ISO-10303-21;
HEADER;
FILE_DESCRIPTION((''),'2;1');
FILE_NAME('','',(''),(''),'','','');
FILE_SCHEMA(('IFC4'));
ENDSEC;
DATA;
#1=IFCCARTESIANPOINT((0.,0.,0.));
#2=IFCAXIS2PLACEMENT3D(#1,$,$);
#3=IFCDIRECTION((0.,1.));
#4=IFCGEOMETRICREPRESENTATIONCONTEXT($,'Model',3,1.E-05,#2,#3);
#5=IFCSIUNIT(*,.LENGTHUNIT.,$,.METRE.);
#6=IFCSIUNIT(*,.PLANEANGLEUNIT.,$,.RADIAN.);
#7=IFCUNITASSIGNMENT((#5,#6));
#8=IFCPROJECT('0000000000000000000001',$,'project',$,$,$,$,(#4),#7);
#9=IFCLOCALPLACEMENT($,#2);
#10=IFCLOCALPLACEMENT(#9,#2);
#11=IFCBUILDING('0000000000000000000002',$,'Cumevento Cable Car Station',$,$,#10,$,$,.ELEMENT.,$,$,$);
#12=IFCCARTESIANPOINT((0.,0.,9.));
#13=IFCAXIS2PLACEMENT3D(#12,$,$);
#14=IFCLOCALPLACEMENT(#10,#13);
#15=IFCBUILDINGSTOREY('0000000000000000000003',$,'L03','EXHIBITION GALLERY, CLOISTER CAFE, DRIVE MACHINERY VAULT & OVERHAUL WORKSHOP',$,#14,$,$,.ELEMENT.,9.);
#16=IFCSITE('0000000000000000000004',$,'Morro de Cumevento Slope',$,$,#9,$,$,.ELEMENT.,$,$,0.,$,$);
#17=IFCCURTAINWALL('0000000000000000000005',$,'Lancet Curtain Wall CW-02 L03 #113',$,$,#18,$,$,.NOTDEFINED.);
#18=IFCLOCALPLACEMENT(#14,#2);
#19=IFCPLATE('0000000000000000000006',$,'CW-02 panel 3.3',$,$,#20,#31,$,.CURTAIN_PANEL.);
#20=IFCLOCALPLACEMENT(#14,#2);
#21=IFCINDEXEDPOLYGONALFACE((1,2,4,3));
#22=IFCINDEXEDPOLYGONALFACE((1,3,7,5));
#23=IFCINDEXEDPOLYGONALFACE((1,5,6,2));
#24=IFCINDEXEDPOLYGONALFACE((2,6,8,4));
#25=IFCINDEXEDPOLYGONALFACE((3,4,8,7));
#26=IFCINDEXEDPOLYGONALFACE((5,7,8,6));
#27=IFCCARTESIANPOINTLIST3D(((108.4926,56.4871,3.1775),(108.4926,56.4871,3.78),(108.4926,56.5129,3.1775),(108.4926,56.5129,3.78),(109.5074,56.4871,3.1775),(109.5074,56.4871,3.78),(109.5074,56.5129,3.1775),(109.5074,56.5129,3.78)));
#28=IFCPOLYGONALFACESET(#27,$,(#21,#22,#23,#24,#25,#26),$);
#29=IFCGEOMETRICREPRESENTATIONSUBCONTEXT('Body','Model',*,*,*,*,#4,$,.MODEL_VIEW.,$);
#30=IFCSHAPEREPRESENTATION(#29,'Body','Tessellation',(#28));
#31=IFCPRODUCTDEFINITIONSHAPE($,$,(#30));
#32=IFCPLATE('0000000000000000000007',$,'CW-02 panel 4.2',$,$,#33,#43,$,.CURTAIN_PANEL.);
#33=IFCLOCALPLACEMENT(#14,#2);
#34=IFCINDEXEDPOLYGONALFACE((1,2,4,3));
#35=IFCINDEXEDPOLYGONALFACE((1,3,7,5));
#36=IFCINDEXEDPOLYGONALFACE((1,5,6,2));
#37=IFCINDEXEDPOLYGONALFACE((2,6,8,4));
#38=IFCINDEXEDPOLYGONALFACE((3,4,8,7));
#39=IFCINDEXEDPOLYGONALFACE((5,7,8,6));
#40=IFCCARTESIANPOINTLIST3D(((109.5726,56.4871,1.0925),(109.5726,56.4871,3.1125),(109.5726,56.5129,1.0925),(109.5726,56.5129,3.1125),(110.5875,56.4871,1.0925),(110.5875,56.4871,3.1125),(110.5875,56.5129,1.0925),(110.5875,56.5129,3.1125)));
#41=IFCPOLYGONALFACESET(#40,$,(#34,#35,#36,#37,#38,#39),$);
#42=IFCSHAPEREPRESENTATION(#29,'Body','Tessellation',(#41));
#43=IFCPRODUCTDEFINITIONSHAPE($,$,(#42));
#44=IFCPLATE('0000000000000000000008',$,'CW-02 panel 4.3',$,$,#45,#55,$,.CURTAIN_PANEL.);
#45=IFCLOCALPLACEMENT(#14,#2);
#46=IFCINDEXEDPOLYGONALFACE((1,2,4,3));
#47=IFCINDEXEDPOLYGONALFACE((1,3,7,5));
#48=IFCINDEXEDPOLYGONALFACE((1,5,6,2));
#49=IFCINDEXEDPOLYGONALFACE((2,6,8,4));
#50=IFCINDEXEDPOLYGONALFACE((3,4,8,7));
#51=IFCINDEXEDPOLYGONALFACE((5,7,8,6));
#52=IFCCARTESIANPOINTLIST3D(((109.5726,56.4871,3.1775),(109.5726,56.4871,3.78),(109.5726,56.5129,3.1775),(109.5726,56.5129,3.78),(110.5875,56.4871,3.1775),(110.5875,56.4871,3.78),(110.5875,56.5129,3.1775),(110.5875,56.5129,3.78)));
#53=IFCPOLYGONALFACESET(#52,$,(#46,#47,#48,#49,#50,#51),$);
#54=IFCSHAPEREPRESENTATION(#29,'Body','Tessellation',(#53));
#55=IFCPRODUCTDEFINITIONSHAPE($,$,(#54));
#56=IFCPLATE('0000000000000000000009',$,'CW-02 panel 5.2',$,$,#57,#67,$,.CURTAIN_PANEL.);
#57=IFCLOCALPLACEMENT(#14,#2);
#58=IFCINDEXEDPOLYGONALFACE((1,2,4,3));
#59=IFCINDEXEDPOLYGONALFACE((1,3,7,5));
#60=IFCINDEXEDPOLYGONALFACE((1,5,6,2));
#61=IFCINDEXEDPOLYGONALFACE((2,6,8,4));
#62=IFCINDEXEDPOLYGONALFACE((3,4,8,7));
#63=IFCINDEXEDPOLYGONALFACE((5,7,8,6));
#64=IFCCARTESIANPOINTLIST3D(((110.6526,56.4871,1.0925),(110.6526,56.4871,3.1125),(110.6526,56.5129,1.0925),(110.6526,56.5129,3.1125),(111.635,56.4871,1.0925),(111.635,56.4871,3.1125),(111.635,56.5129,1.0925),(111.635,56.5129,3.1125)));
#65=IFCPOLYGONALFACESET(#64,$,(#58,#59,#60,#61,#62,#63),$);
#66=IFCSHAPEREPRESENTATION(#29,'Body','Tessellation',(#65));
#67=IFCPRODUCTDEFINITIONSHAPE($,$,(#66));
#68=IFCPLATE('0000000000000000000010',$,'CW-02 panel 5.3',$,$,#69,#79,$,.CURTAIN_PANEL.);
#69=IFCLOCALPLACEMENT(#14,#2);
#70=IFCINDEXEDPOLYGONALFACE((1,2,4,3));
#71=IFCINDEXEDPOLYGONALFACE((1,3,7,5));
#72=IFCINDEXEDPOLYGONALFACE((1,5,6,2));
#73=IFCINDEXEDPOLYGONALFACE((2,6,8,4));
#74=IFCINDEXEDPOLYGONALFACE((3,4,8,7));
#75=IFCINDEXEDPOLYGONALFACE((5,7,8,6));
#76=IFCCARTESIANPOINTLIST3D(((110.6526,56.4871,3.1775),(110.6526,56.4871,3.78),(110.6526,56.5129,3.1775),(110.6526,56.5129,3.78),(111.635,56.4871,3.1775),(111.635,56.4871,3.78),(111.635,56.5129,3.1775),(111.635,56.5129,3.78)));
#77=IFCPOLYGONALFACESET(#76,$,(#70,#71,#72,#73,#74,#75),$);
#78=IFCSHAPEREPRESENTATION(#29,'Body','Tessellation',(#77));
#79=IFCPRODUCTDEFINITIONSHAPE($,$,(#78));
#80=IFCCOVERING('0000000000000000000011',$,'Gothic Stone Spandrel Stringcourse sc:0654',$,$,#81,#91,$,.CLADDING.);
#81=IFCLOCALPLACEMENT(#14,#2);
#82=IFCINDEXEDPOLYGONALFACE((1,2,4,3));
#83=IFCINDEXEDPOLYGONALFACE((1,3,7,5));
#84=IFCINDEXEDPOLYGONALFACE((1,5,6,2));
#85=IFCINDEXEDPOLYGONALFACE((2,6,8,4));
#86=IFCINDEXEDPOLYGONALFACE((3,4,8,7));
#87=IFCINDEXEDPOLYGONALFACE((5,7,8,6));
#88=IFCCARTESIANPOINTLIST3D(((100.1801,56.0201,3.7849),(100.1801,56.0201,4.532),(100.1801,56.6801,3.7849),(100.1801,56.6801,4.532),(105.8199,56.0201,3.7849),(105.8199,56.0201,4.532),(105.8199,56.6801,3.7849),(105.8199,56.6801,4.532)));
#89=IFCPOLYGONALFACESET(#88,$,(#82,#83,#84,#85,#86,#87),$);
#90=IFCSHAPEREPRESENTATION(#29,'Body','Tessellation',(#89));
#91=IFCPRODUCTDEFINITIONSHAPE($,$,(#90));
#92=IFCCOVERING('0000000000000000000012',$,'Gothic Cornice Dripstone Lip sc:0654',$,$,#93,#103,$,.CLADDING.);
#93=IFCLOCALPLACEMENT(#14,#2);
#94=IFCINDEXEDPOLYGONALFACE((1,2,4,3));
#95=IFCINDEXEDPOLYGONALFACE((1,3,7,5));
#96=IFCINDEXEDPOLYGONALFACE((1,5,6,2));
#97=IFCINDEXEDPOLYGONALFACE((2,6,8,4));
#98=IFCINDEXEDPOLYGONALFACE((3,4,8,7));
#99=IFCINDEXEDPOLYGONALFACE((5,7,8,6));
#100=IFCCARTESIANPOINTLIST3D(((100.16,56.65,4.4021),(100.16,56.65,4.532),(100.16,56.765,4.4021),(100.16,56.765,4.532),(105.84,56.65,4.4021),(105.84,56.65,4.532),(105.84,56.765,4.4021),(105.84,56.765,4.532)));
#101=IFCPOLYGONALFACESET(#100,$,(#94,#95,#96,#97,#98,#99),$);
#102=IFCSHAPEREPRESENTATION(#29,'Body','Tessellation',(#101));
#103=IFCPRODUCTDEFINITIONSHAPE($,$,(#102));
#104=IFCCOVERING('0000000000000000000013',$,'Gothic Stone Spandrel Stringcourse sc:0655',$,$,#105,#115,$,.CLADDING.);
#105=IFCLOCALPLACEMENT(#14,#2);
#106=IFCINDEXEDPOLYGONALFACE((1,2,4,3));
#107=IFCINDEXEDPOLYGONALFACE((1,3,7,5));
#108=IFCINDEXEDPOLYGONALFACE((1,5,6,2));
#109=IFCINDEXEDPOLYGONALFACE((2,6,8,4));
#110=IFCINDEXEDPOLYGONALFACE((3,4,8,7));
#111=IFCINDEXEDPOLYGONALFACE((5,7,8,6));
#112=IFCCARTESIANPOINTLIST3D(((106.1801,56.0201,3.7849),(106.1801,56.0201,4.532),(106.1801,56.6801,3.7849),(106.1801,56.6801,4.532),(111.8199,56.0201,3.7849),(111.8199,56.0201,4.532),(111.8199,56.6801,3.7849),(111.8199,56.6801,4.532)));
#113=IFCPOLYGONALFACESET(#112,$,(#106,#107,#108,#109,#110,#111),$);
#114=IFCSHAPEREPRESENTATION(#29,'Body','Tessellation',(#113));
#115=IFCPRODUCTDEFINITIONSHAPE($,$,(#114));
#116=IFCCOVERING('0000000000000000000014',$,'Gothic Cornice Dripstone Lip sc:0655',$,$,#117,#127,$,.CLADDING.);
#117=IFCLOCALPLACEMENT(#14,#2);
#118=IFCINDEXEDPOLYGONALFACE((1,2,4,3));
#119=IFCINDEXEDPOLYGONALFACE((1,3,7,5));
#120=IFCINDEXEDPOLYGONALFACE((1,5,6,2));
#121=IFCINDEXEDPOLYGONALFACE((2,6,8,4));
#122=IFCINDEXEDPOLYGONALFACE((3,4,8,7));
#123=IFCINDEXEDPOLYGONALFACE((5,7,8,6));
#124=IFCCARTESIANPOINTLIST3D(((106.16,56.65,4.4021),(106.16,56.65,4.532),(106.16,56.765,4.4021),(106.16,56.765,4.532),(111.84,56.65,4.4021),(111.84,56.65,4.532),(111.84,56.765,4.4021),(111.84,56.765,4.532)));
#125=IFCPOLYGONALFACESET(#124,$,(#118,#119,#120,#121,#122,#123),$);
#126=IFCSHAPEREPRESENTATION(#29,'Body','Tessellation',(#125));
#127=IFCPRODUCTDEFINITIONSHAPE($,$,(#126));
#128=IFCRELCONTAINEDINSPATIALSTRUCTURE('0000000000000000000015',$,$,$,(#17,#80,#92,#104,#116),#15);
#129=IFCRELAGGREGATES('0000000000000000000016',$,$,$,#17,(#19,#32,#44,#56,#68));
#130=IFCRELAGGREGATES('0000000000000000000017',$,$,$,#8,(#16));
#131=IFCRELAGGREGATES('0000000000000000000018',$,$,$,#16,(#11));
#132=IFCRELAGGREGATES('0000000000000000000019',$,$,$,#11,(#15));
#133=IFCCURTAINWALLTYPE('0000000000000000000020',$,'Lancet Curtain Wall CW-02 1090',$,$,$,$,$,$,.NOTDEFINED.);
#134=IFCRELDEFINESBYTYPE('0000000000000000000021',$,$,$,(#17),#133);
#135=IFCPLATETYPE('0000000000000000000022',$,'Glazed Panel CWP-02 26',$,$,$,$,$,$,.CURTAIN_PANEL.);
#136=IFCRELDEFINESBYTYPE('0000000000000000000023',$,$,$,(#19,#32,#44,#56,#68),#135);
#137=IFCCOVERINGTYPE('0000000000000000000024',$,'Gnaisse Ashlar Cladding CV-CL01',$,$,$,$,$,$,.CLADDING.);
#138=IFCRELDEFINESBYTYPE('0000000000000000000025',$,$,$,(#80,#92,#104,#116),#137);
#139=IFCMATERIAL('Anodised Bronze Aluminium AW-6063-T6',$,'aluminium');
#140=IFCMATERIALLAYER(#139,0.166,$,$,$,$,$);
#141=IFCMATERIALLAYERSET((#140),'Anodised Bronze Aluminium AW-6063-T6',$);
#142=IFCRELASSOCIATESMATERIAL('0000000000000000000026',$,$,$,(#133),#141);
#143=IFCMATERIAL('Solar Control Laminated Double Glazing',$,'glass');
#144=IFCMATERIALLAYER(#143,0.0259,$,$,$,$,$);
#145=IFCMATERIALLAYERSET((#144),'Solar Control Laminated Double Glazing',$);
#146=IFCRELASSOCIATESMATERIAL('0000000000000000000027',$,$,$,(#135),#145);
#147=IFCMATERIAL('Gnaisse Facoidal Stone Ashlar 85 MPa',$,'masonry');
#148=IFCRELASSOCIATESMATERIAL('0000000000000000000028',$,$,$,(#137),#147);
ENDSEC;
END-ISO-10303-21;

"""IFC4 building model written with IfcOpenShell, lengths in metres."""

from ifc_helpers import new_model, si_unit, direction, frame, origin, origin_2d, place, context, subcontext, project, spatial, rectangle, extrude, material, layer, layer_set, type_object, element, aggregate, save


model = new_model("IFC4")

# Units and contexts
model_context = context("Model", 3, precision=1e-05, world=origin(), true_north=direction((0.0, 1.0)))
body_context = subcontext(model_context, "Body", "Model", "MODEL_VIEW")
ifc_project = project(units=[si_unit("LENGTHUNIT", "METRE"), si_unit("PLANEANGLEUNIT", "RADIAN")], contexts=[model_context])

# Site, building, storey
site_placement = place(None, origin())
site = spatial("IfcSite", under=ifc_project, at=site_placement, Name="Morro de Cumevento Slope", CompositionType="ELEMENT", RefElevation=0.0)
building_placement = place(site_placement, origin())
building = spatial("IfcBuilding", under=site, at=building_placement, Name="Cumevento Cable Car Station", CompositionType="ELEMENT")
storey_placement = place(building_placement, frame((0.0, 0.0, 9.0)))
storey = spatial("IfcBuildingStorey", under=building, at=storey_placement, Name="L03", Description="EXHIBITION GALLERY, CLOISTER CAFE, DRIVE MACHINERY VAULT & OVERHAUL WORKSHOP", CompositionType="ELEMENT", Elevation=9.0)

# Curtain wall
ifc_material_1 = material(Name="Anodised Bronze Aluminium AW-6063-T6", Category="aluminium")
ifc_layer_1 = layer(ifc_material_1, 0.166)
ifc_layer_set_1 = layer_set([ifc_layer_1], Name="Anodised Bronze Aluminium AW-6063-T6")
curtain_wall_type_1 = type_object("IfcCurtainWallType", Name="Lancet Curtain Wall CW-02 1090", PredefinedType="NOTDEFINED", material=ifc_layer_set_1)
curtain_wall_1_placement = place(storey_placement, origin())
curtain_wall_1 = element("IfcCurtainWall", 1, at=curtain_wall_1_placement, inside=storey, type_object=curtain_wall_type_1, Name="Lancet Curtain Wall CW-02 L03 #113", PredefinedType="NOTDEFINED")

# Plates
ifc_material_2 = material(Name="Solar Control Laminated Double Glazing", Category="glass")
ifc_layer_2 = layer(ifc_material_2, 0.0259)
ifc_layer_set_2 = layer_set([ifc_layer_2], Name="Solar Control Laminated Double Glazing")
plate_type = type_object("IfcPlateType", Name="Glazed Panel CWP-02 26", PredefinedType="CURTAIN_PANEL", material=ifc_layer_set_2)
plate_1_placement = place(storey_placement, frame((109.0, 56.5, 3.1775), z_axis=(0.0, 0.0, 1.0), x_axis=(1.0, 0.0, 0.0)))
plate_1 = element("IfcPlate", 2, at=plate_1_placement, type_object=plate_type, Name="CW-02 panel 3.3", PredefinedType="CURTAIN_PANEL", context=body_context, shape_type="SweptSolid", body=[
    extrude(rectangle(XDim=1.0149, YDim=0.0259, at=origin_2d()), origin(), (0.0, 0.0, 1.0), 0.6025),
])
plate_2_placement = place(storey_placement, frame((110.0801, 56.5, 1.0925), z_axis=(0.0, 0.0, 1.0), x_axis=(1.0, 0.0, 0.0)))
plate_2 = element("IfcPlate", 3, at=plate_2_placement, type_object=plate_type, Name="CW-02 panel 4.2", PredefinedType="CURTAIN_PANEL", context=body_context, shape_type="SweptSolid", body=[
    extrude(rectangle(XDim=1.0149, YDim=0.0259, at=origin_2d()), origin(), (0.0, 0.0, 1.0), 2.02),
])
plate_3_placement = place(storey_placement, frame((110.0801, 56.5, 3.1775), z_axis=(0.0, 0.0, 1.0), x_axis=(1.0, 0.0, 0.0)))
plate_3 = element("IfcPlate", 4, at=plate_3_placement, type_object=plate_type, Name="CW-02 panel 4.3", PredefinedType="CURTAIN_PANEL", context=body_context, shape_type="SweptSolid", body=[
    extrude(rectangle(XDim=1.0149, YDim=0.0259, at=origin_2d()), origin(), (0.0, 0.0, 1.0), 0.6025),
])
plate_4_placement = place(storey_placement, frame((111.1438, 56.5, 1.0925), z_axis=(0.0, 0.0, 1.0), x_axis=(1.0, 0.0, 0.0)))
plate_4 = element("IfcPlate", 5, at=plate_4_placement, type_object=plate_type, Name="CW-02 panel 5.2", PredefinedType="CURTAIN_PANEL", context=body_context, shape_type="SweptSolid", body=[
    extrude(rectangle(XDim=0.9824, YDim=0.0259, at=origin_2d()), origin(), (0.0, 0.0, 1.0), 2.02),
])
plate_5_placement = place(storey_placement, frame((111.1438, 56.5, 3.1775), z_axis=(0.0, 0.0, 1.0), x_axis=(1.0, 0.0, 0.0)))
plate_5 = element("IfcPlate", 6, at=plate_5_placement, type_object=plate_type, Name="CW-02 panel 5.3", PredefinedType="CURTAIN_PANEL", context=body_context, shape_type="SweptSolid", body=[
    extrude(rectangle(XDim=0.9824, YDim=0.0259, at=origin_2d()), origin(), (0.0, 0.0, 1.0), 0.6025),
])
aggregate(curtain_wall_1, [plate_1, plate_2, plate_3, plate_4, plate_5])

# Coverings
ifc_material_3 = material(Name="Gnaisse Facoidal Stone Ashlar 85 MPa", Category="masonry")
covering_type = type_object("IfcCoveringType", Name="Gnaisse Ashlar Cladding CV-CL01", PredefinedType="CLADDING", material=ifc_material_3)
covering_1_placement = place(storey_placement, frame((103.0, 56.3501, 3.7849), z_axis=(0.0, 0.0, 1.0), x_axis=(1.0, 0.0, 0.0)))
element("IfcCovering", 7, at=covering_1_placement, inside=storey, type_object=covering_type, Name="Gothic Stone Spandrel Stringcourse sc:0654", PredefinedType="CLADDING", context=body_context, shape_type="SweptSolid", body=[
    extrude(rectangle(XDim=5.6399, YDim=0.6599, at=origin_2d()), origin(), (0.0, 0.0, 1.0), 0.7471),
])
covering_2_placement = place(storey_placement, frame((103.0, 56.7075, 4.4021), z_axis=(0.0, 0.0, 1.0), x_axis=(1.0, 0.0, 0.0)))
element("IfcCovering", 8, at=covering_2_placement, inside=storey, type_object=covering_type, Name="Gothic Cornice Dripstone Lip sc:0654", PredefinedType="CLADDING", context=body_context, shape_type="SweptSolid", body=[
    extrude(rectangle(XDim=5.6799, YDim=0.115, at=origin_2d()), origin(), (0.0, 0.0, 1.0), 0.1299),
])
covering_3_placement = place(storey_placement, frame((109.0, 56.3501, 3.7849), z_axis=(0.0, 0.0, 1.0), x_axis=(1.0, 0.0, 0.0)))
element("IfcCovering", 9, at=covering_3_placement, inside=storey, type_object=covering_type, Name="Gothic Stone Spandrel Stringcourse sc:0655", PredefinedType="CLADDING", context=body_context, shape_type="SweptSolid", body=[
    extrude(rectangle(XDim=5.6399, YDim=0.6599, at=origin_2d()), origin(), (0.0, 0.0, 1.0), 0.7471),
])
covering_4_placement = place(storey_placement, frame((109.0, 56.7075, 4.4021), z_axis=(0.0, 0.0, 1.0), x_axis=(1.0, 0.0, 0.0)))
element("IfcCovering", 10, at=covering_4_placement, inside=storey, type_object=covering_type, Name="Gothic Cornice Dripstone Lip sc:0655", PredefinedType="CLADDING", context=body_context, shape_type="SweptSolid", body=[
    extrude(rectangle(XDim=5.6799, YDim=0.115, at=origin_2d()), origin(), (0.0, 0.0, 1.0), 0.1299),
])

save(model, "model.ifc")
